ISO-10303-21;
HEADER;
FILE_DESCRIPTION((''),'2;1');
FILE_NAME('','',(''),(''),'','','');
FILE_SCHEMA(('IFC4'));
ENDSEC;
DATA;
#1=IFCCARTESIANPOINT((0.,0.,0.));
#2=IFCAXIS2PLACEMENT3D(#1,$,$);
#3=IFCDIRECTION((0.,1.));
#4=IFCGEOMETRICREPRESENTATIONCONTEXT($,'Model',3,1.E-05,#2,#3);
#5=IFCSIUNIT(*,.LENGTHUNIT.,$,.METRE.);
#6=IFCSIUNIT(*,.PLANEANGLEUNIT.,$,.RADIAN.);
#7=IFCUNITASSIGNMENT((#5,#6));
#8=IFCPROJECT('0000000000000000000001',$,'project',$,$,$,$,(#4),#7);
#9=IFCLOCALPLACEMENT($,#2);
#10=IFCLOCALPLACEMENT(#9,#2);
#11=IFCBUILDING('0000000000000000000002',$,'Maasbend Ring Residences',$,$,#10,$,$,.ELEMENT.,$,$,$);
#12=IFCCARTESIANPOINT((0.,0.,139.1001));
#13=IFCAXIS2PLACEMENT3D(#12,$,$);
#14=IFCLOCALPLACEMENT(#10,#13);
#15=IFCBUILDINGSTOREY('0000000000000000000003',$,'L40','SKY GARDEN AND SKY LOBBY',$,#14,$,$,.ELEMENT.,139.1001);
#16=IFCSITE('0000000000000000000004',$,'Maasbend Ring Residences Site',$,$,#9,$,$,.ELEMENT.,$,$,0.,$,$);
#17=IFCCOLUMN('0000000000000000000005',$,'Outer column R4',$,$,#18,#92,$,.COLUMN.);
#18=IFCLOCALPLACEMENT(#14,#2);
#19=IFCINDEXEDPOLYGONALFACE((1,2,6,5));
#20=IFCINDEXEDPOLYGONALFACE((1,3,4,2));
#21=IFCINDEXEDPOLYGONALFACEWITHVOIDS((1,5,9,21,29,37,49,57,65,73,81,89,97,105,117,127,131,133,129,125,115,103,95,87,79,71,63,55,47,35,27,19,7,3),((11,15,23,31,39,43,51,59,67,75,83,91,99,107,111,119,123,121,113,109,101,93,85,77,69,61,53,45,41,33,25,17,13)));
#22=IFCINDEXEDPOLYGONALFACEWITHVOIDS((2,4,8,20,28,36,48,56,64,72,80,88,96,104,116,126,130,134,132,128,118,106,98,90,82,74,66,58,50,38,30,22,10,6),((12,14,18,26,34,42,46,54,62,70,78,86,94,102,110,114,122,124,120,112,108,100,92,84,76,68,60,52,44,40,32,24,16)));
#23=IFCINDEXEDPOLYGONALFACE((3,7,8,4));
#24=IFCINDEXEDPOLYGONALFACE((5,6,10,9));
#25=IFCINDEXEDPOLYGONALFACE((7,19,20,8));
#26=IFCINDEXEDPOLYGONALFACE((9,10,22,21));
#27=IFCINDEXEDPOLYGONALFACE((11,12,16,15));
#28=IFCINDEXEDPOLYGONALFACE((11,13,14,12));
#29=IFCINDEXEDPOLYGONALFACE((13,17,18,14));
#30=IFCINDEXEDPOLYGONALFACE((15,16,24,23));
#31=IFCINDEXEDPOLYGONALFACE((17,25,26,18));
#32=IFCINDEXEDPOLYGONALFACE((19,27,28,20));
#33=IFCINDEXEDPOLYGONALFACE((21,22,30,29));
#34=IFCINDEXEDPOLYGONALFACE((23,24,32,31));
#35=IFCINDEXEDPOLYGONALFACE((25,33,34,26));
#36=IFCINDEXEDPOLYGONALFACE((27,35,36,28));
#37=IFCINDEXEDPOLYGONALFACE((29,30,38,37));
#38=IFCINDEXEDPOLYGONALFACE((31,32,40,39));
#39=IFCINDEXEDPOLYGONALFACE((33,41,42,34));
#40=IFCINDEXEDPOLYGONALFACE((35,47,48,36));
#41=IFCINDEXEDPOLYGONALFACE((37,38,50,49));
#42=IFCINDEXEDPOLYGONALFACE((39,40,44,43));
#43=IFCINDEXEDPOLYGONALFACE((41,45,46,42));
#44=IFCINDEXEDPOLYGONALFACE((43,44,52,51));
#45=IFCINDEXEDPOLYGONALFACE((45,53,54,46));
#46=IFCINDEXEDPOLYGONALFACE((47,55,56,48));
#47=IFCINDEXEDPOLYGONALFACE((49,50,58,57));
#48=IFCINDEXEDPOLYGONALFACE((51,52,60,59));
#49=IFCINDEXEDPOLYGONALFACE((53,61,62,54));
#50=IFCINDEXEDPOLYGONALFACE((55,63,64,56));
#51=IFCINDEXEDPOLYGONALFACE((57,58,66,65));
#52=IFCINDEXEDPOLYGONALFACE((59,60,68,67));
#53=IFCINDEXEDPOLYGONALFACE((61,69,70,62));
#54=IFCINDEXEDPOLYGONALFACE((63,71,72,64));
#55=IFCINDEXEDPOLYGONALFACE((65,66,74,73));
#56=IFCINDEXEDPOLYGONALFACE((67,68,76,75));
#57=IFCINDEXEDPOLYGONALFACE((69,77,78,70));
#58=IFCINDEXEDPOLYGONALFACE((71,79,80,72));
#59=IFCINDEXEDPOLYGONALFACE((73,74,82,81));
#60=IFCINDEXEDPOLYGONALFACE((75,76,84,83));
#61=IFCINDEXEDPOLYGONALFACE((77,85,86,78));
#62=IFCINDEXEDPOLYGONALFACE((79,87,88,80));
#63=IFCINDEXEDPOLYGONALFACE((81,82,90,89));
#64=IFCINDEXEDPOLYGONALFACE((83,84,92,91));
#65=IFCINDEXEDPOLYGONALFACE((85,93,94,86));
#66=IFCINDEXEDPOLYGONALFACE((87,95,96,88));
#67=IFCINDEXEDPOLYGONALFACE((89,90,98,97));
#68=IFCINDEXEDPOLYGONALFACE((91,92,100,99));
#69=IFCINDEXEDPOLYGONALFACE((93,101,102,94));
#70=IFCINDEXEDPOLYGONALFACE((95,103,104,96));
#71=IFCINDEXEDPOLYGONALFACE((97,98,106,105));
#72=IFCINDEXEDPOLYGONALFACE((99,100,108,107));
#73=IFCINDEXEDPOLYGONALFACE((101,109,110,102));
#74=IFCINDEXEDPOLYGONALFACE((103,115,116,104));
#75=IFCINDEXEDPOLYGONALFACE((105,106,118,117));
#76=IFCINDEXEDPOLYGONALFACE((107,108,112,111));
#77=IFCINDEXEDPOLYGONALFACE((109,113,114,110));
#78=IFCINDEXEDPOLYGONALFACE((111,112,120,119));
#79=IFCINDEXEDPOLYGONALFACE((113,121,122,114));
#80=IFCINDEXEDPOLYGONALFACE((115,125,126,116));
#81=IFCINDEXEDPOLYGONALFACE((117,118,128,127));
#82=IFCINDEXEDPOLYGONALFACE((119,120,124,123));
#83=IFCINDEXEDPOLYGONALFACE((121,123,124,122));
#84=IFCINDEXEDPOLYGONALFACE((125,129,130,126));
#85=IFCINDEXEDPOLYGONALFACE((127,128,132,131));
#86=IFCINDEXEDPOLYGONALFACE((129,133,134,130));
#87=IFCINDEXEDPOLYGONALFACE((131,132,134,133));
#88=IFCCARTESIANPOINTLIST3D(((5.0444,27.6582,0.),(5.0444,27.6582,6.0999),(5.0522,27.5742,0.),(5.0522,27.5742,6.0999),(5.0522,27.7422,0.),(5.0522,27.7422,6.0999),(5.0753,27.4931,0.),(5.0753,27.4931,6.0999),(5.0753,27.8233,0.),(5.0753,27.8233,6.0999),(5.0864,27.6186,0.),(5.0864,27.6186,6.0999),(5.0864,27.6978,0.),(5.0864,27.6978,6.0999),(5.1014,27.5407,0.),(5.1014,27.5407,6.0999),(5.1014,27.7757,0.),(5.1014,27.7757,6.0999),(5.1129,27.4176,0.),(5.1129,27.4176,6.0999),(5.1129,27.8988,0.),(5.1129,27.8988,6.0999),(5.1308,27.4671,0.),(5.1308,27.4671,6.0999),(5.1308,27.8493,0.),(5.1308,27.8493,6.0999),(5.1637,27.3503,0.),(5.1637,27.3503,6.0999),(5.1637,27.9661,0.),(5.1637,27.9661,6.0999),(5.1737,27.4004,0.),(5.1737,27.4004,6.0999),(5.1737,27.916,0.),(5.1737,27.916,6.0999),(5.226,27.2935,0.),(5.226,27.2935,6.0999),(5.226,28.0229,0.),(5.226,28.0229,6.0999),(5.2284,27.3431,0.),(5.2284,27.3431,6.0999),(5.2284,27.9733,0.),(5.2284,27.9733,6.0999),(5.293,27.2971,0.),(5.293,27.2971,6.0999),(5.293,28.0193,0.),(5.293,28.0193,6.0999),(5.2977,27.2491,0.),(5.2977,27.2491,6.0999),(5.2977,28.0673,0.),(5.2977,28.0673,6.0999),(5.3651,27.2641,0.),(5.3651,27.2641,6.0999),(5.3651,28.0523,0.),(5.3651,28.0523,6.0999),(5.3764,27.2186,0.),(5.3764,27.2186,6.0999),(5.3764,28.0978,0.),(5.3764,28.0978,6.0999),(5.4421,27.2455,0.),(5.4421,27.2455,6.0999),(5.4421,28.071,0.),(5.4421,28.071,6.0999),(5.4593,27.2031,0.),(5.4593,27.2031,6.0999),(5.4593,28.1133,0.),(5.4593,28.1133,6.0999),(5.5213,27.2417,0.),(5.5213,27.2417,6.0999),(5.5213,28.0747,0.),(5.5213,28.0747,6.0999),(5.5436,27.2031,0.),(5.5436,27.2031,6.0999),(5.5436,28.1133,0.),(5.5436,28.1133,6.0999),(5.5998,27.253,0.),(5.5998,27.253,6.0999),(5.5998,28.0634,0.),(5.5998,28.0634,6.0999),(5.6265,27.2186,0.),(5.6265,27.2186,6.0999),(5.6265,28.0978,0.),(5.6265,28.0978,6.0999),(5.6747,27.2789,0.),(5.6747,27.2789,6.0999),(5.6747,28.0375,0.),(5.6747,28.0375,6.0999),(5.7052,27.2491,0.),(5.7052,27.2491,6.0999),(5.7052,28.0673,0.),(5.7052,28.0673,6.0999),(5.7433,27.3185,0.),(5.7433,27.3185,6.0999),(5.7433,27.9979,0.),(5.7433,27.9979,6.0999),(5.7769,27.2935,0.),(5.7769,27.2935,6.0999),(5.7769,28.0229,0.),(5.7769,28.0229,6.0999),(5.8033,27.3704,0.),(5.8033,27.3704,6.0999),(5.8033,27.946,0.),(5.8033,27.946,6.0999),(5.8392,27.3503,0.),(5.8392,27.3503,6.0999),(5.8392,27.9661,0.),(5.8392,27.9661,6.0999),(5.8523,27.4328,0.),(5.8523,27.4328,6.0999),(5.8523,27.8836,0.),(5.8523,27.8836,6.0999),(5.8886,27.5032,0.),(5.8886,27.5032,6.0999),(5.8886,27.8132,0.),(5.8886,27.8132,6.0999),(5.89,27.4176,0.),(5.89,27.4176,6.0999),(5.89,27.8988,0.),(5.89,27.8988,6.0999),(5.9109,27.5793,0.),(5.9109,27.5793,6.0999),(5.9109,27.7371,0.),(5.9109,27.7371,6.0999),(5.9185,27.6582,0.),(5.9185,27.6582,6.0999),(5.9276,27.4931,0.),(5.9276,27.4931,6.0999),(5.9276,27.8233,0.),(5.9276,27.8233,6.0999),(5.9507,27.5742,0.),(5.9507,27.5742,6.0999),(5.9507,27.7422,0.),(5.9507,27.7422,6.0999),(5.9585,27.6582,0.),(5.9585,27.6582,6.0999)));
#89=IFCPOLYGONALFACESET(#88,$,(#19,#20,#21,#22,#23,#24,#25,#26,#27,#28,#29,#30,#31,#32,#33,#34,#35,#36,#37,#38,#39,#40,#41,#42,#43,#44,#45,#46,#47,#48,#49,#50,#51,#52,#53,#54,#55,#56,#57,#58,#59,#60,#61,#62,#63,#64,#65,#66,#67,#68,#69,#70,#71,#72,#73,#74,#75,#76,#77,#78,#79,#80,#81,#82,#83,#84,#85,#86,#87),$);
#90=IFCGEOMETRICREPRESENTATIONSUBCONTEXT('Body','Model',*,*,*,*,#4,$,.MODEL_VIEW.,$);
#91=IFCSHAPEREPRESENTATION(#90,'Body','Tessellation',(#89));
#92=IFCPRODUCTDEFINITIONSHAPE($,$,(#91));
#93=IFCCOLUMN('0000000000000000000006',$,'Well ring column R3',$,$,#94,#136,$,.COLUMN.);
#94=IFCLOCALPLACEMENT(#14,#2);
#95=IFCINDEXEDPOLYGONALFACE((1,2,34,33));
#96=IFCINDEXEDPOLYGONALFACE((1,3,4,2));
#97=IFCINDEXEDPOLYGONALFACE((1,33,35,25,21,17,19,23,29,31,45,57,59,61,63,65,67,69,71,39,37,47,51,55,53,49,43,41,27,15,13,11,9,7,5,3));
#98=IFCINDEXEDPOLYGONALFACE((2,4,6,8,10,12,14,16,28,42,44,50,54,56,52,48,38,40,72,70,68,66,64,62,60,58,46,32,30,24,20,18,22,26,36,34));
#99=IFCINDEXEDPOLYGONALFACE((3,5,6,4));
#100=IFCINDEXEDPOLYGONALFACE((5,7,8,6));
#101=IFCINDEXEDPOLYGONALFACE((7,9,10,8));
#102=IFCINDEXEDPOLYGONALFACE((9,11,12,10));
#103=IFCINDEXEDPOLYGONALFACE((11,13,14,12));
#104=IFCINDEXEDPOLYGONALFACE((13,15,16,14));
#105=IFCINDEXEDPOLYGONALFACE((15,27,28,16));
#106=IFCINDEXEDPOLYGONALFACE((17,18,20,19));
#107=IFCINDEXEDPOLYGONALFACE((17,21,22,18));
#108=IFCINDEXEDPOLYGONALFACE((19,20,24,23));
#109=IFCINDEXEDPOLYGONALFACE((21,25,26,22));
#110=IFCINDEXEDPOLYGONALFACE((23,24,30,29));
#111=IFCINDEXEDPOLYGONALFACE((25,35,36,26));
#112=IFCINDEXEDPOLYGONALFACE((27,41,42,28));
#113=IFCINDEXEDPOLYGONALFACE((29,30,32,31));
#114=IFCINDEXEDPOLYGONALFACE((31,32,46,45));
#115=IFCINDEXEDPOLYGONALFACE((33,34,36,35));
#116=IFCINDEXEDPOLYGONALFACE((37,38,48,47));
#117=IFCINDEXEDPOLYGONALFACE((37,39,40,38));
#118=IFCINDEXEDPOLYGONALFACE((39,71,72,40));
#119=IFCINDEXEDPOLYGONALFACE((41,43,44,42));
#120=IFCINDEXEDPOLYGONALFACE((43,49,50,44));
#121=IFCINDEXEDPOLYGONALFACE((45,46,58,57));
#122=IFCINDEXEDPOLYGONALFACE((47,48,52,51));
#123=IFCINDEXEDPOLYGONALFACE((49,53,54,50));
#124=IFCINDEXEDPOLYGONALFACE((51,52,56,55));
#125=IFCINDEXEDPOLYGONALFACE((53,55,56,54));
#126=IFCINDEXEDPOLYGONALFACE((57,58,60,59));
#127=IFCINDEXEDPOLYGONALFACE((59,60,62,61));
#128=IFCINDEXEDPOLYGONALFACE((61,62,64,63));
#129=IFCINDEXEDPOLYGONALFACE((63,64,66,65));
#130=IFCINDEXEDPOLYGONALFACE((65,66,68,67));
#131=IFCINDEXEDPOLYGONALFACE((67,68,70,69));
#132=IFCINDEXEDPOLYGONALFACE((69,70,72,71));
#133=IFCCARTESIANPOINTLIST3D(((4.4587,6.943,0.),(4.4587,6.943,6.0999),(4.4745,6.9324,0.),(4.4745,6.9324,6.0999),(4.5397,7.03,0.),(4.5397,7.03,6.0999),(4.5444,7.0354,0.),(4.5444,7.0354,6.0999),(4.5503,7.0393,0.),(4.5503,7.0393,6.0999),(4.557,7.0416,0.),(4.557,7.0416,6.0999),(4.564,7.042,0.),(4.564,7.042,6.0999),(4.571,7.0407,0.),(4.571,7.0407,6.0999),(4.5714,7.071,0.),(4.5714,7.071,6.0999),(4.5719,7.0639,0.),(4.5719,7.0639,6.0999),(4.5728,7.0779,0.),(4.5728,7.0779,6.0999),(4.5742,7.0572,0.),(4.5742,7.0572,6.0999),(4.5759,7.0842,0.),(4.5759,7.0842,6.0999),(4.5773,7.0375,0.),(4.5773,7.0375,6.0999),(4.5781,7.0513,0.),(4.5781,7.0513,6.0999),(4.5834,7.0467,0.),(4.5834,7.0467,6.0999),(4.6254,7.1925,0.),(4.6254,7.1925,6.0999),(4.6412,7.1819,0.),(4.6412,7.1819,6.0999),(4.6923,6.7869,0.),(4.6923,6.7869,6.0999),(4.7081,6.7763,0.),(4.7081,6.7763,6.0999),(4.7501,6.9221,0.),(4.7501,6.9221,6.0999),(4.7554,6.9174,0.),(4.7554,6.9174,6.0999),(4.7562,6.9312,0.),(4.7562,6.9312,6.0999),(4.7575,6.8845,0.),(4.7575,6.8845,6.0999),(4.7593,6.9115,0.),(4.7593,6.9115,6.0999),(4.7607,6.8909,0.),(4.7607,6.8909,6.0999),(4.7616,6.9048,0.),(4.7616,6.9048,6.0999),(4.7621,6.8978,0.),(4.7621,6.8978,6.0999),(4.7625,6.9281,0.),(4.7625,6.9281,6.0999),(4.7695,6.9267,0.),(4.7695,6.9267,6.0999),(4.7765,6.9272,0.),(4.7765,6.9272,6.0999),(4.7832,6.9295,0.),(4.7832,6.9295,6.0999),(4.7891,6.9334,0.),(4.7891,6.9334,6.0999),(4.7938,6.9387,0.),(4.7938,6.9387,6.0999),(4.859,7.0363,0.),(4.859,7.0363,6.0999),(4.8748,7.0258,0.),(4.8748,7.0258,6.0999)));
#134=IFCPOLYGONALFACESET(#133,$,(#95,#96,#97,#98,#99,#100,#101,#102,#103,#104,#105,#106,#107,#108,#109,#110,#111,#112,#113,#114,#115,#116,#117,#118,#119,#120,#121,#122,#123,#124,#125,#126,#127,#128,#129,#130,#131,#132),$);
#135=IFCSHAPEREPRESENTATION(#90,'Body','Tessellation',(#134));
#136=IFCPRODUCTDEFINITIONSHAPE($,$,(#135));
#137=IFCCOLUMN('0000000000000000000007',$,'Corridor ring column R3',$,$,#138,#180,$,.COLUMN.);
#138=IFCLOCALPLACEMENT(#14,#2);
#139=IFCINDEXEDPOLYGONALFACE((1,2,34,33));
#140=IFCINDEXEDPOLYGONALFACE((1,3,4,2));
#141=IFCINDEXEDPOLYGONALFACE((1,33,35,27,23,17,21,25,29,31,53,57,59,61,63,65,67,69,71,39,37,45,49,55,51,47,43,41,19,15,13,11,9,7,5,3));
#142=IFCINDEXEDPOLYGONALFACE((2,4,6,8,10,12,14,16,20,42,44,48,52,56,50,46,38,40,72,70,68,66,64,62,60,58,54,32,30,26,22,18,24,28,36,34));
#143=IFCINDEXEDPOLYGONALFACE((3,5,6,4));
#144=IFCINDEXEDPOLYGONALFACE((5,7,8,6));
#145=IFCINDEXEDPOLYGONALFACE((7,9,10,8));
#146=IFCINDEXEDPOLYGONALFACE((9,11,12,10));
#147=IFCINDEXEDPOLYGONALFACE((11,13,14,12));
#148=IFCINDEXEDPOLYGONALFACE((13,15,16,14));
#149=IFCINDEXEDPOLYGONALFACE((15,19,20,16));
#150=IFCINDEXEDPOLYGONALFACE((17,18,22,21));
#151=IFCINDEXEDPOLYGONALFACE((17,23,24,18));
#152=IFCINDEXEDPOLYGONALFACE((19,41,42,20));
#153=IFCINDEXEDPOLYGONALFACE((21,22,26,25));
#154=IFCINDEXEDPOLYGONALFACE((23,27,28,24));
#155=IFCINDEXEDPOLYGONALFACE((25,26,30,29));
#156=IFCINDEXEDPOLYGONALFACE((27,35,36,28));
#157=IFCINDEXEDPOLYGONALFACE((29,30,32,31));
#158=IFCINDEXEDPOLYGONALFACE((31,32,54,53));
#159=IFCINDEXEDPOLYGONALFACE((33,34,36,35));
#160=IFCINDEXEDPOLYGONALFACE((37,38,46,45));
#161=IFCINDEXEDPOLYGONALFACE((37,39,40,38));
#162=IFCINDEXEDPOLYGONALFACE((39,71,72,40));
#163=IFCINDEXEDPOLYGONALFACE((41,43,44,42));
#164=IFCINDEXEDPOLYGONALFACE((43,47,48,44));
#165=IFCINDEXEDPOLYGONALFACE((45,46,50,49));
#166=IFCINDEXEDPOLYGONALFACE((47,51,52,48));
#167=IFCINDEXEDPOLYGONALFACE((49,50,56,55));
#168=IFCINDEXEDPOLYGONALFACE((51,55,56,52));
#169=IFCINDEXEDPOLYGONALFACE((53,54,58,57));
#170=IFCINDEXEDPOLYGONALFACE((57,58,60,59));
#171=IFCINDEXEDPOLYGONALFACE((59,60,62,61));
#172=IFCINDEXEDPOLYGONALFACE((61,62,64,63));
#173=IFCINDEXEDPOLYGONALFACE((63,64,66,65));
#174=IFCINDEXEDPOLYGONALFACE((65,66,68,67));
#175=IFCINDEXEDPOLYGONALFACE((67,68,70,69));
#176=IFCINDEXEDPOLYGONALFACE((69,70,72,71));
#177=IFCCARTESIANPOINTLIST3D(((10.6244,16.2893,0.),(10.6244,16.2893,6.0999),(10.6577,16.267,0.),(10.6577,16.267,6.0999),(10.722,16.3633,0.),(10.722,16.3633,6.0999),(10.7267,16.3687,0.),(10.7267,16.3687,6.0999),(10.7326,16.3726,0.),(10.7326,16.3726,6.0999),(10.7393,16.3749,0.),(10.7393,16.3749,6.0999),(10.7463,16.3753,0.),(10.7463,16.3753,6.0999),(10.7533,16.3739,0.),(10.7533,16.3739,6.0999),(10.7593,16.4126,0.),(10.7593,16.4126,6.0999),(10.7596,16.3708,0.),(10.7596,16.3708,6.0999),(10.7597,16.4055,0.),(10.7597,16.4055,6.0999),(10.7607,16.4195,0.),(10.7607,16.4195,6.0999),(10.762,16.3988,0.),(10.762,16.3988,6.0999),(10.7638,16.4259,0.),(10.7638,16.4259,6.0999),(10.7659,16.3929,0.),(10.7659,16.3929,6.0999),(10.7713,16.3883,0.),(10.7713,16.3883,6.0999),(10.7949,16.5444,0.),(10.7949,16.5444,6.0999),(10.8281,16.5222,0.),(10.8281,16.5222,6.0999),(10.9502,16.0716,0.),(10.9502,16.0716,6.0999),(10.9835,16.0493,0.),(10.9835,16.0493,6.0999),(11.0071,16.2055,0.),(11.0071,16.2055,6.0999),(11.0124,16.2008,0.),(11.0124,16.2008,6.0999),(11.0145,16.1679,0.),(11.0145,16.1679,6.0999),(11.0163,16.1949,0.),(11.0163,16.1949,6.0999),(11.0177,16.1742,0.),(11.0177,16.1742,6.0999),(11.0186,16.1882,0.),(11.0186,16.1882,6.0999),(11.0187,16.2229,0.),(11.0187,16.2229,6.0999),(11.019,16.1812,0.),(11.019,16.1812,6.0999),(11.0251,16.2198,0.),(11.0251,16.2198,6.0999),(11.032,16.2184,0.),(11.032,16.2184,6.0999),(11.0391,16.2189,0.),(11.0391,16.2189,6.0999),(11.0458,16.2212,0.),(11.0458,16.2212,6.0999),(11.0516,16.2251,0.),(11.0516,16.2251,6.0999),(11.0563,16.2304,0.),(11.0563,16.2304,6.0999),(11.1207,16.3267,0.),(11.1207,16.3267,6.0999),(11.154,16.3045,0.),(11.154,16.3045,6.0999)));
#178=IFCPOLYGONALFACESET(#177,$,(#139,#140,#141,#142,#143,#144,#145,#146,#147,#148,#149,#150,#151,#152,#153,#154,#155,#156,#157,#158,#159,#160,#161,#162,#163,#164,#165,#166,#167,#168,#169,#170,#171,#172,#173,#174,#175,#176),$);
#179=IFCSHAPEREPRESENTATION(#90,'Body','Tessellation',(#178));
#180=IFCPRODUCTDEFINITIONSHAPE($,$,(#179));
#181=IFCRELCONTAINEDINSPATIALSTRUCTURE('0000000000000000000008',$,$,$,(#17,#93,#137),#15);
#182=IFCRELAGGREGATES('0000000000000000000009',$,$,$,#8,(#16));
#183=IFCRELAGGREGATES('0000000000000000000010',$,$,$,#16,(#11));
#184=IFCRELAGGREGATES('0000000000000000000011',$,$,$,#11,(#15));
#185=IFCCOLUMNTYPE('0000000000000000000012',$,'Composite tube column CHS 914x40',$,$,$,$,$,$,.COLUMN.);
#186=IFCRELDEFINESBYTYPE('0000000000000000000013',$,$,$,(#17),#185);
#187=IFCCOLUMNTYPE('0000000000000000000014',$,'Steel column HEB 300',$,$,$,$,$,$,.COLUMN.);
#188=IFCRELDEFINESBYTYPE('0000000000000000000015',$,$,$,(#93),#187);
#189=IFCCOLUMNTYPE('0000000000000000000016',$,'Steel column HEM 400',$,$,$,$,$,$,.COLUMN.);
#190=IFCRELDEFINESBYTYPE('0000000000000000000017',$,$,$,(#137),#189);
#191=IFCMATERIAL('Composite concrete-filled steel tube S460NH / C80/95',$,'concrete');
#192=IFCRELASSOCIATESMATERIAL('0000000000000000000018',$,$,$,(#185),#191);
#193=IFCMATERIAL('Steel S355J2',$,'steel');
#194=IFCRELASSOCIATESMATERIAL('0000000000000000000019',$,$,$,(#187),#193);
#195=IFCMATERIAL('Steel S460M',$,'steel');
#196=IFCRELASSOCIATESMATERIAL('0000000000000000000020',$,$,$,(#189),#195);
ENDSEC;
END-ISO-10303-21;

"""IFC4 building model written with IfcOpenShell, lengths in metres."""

from ifc_helpers import new_model, si_unit, direction, frame, origin, origin_2d, place, context, subcontext, project, spatial, hollow_circle, i_section, extrude, material, material_profile, profile_set, type_object, element, save


model = new_model("IFC4")

# Units and contexts
model_context = context("Model", 3, precision=1e-05, world=origin(), true_north=direction((0.0, 1.0)))
body_context = subcontext(model_context, "Body", "Model", "MODEL_VIEW")
ifc_project = project(units=[si_unit("LENGTHUNIT", "METRE"), si_unit("PLANEANGLEUNIT", "RADIAN")], contexts=[model_context])

# Site, building, storey
site_placement = place(None, origin())
site = spatial("IfcSite", under=ifc_project, at=site_placement, Name="Maasbend Ring Residences Site", CompositionType="ELEMENT", RefElevation=0.0)
building_placement = place(site_placement, origin())
building = spatial("IfcBuilding", under=site, at=building_placement, Name="Maasbend Ring Residences", CompositionType="ELEMENT")
storey_placement = place(building_placement, frame((0.0, 0.0, 139.1001)))
storey = spatial("IfcBuildingStorey", under=building, at=storey_placement, Name="L40", Description="SKY GARDEN AND SKY LOBBY", CompositionType="ELEMENT", Elevation=139.1001)

# Columns
ifc_material_1 = material(Name="Composite concrete-filled steel tube S460NH / C80/95", Category="concrete")
ifc_material_profile_1 = material_profile(ifc_material_1, hollow_circle(Radius=0.457, WallThickness=0.04, at=origin_2d()), Name="Composite tube column CHS 914x40")
ifc_profile_set_1 = profile_set([ifc_material_profile_1], Name="Composite concrete-filled steel tube S460NH / C80/95")
column_type_1 = type_object("IfcColumnType", Name="Composite tube column CHS 914x40", PredefinedType="COLUMN", material=ifc_profile_set_1)
column_1_placement = place(storey_placement, frame((5.5015, 27.6582, 0.0), z_axis=(0.0, 0.0, 1.0), x_axis=(1.0, 0.0, 0.0)))
element("IfcColumn", 1, at=column_1_placement, inside=storey, type_object=column_type_1, Name="Outer column R4", PredefinedType="COLUMN", context=body_context, shape_type="SweptSolid", body=[
    extrude(hollow_circle(Radius=0.457, WallThickness=0.04, at=origin_2d()), origin(), (0.0, 0.0, 1.0), 6.0999),
])
ifc_material_2 = material(Name="Steel S355J2", Category="steel")
ifc_material_profile_2 = material_profile(ifc_material_2, i_section(OverallWidth=0.3, OverallDepth=0.3, WebThickness=0.011, FlangeThickness=0.019, FilletRadius=0.0271, at=origin_2d()), Name="HEB 300")
ifc_profile_set_2 = profile_set([ifc_material_profile_2], Name="Steel S355J2")
column_type_2 = type_object("IfcColumnType", Name="Steel column HEB 300", PredefinedType="COLUMN", material=ifc_profile_set_2)
column_2_placement = place(storey_placement, frame((4.6667, 6.9844, 0.0), z_axis=(0.0, 0.0, 1.0), x_axis=(0.55557, 0.83147, 0.0)))
element("IfcColumn", 2, at=column_2_placement, inside=storey, type_object=column_type_2, Name="Well ring column R3", PredefinedType="COLUMN", context=body_context, shape_type="SweptSolid", body=[
    extrude(i_section(OverallWidth=0.3, OverallDepth=0.3, WebThickness=0.011, FlangeThickness=0.019, FilletRadius=0.0271, at=origin_2d()), origin(), (0.0, 0.0, 1.0), 6.0999),
])
ifc_material_3 = material(Name="Steel S460M", Category="steel")
ifc_material_profile_3 = material_profile(ifc_material_3, i_section(OverallWidth=0.3069, OverallDepth=0.4319, WebThickness=0.021, FlangeThickness=0.04, FilletRadius=0.0271, at=origin_2d()), Name="HEM 400")
ifc_profile_set_3 = profile_set([ifc_material_profile_3], Name="Steel S460M")
column_type_3 = type_object("IfcColumnType", Name="Steel column HEM 400", PredefinedType="COLUMN", material=ifc_profile_set_3)
for number, where, z_axis, x_axis, name in (
    (3, (10.8892, 16.2969, 0.0), (0.0, 0.0, 1.0), (0.55557, 0.83147, 0.0), "Corridor ring column R3"),
):
    element("IfcColumn", number, at=place(storey_placement, frame(where, z_axis=z_axis, x_axis=x_axis)), inside=storey, type_object=column_type_3, Name=name, PredefinedType="COLUMN", context=body_context, shape_type="SweptSolid", body=[
        extrude(i_section(OverallWidth=0.3069, OverallDepth=0.4319, WebThickness=0.021, FlangeThickness=0.04, FilletRadius=0.0271, at=origin_2d()), origin(), (0.0, 0.0, 1.0), 6.0999),
    ])

save(model, "model.ifc")
